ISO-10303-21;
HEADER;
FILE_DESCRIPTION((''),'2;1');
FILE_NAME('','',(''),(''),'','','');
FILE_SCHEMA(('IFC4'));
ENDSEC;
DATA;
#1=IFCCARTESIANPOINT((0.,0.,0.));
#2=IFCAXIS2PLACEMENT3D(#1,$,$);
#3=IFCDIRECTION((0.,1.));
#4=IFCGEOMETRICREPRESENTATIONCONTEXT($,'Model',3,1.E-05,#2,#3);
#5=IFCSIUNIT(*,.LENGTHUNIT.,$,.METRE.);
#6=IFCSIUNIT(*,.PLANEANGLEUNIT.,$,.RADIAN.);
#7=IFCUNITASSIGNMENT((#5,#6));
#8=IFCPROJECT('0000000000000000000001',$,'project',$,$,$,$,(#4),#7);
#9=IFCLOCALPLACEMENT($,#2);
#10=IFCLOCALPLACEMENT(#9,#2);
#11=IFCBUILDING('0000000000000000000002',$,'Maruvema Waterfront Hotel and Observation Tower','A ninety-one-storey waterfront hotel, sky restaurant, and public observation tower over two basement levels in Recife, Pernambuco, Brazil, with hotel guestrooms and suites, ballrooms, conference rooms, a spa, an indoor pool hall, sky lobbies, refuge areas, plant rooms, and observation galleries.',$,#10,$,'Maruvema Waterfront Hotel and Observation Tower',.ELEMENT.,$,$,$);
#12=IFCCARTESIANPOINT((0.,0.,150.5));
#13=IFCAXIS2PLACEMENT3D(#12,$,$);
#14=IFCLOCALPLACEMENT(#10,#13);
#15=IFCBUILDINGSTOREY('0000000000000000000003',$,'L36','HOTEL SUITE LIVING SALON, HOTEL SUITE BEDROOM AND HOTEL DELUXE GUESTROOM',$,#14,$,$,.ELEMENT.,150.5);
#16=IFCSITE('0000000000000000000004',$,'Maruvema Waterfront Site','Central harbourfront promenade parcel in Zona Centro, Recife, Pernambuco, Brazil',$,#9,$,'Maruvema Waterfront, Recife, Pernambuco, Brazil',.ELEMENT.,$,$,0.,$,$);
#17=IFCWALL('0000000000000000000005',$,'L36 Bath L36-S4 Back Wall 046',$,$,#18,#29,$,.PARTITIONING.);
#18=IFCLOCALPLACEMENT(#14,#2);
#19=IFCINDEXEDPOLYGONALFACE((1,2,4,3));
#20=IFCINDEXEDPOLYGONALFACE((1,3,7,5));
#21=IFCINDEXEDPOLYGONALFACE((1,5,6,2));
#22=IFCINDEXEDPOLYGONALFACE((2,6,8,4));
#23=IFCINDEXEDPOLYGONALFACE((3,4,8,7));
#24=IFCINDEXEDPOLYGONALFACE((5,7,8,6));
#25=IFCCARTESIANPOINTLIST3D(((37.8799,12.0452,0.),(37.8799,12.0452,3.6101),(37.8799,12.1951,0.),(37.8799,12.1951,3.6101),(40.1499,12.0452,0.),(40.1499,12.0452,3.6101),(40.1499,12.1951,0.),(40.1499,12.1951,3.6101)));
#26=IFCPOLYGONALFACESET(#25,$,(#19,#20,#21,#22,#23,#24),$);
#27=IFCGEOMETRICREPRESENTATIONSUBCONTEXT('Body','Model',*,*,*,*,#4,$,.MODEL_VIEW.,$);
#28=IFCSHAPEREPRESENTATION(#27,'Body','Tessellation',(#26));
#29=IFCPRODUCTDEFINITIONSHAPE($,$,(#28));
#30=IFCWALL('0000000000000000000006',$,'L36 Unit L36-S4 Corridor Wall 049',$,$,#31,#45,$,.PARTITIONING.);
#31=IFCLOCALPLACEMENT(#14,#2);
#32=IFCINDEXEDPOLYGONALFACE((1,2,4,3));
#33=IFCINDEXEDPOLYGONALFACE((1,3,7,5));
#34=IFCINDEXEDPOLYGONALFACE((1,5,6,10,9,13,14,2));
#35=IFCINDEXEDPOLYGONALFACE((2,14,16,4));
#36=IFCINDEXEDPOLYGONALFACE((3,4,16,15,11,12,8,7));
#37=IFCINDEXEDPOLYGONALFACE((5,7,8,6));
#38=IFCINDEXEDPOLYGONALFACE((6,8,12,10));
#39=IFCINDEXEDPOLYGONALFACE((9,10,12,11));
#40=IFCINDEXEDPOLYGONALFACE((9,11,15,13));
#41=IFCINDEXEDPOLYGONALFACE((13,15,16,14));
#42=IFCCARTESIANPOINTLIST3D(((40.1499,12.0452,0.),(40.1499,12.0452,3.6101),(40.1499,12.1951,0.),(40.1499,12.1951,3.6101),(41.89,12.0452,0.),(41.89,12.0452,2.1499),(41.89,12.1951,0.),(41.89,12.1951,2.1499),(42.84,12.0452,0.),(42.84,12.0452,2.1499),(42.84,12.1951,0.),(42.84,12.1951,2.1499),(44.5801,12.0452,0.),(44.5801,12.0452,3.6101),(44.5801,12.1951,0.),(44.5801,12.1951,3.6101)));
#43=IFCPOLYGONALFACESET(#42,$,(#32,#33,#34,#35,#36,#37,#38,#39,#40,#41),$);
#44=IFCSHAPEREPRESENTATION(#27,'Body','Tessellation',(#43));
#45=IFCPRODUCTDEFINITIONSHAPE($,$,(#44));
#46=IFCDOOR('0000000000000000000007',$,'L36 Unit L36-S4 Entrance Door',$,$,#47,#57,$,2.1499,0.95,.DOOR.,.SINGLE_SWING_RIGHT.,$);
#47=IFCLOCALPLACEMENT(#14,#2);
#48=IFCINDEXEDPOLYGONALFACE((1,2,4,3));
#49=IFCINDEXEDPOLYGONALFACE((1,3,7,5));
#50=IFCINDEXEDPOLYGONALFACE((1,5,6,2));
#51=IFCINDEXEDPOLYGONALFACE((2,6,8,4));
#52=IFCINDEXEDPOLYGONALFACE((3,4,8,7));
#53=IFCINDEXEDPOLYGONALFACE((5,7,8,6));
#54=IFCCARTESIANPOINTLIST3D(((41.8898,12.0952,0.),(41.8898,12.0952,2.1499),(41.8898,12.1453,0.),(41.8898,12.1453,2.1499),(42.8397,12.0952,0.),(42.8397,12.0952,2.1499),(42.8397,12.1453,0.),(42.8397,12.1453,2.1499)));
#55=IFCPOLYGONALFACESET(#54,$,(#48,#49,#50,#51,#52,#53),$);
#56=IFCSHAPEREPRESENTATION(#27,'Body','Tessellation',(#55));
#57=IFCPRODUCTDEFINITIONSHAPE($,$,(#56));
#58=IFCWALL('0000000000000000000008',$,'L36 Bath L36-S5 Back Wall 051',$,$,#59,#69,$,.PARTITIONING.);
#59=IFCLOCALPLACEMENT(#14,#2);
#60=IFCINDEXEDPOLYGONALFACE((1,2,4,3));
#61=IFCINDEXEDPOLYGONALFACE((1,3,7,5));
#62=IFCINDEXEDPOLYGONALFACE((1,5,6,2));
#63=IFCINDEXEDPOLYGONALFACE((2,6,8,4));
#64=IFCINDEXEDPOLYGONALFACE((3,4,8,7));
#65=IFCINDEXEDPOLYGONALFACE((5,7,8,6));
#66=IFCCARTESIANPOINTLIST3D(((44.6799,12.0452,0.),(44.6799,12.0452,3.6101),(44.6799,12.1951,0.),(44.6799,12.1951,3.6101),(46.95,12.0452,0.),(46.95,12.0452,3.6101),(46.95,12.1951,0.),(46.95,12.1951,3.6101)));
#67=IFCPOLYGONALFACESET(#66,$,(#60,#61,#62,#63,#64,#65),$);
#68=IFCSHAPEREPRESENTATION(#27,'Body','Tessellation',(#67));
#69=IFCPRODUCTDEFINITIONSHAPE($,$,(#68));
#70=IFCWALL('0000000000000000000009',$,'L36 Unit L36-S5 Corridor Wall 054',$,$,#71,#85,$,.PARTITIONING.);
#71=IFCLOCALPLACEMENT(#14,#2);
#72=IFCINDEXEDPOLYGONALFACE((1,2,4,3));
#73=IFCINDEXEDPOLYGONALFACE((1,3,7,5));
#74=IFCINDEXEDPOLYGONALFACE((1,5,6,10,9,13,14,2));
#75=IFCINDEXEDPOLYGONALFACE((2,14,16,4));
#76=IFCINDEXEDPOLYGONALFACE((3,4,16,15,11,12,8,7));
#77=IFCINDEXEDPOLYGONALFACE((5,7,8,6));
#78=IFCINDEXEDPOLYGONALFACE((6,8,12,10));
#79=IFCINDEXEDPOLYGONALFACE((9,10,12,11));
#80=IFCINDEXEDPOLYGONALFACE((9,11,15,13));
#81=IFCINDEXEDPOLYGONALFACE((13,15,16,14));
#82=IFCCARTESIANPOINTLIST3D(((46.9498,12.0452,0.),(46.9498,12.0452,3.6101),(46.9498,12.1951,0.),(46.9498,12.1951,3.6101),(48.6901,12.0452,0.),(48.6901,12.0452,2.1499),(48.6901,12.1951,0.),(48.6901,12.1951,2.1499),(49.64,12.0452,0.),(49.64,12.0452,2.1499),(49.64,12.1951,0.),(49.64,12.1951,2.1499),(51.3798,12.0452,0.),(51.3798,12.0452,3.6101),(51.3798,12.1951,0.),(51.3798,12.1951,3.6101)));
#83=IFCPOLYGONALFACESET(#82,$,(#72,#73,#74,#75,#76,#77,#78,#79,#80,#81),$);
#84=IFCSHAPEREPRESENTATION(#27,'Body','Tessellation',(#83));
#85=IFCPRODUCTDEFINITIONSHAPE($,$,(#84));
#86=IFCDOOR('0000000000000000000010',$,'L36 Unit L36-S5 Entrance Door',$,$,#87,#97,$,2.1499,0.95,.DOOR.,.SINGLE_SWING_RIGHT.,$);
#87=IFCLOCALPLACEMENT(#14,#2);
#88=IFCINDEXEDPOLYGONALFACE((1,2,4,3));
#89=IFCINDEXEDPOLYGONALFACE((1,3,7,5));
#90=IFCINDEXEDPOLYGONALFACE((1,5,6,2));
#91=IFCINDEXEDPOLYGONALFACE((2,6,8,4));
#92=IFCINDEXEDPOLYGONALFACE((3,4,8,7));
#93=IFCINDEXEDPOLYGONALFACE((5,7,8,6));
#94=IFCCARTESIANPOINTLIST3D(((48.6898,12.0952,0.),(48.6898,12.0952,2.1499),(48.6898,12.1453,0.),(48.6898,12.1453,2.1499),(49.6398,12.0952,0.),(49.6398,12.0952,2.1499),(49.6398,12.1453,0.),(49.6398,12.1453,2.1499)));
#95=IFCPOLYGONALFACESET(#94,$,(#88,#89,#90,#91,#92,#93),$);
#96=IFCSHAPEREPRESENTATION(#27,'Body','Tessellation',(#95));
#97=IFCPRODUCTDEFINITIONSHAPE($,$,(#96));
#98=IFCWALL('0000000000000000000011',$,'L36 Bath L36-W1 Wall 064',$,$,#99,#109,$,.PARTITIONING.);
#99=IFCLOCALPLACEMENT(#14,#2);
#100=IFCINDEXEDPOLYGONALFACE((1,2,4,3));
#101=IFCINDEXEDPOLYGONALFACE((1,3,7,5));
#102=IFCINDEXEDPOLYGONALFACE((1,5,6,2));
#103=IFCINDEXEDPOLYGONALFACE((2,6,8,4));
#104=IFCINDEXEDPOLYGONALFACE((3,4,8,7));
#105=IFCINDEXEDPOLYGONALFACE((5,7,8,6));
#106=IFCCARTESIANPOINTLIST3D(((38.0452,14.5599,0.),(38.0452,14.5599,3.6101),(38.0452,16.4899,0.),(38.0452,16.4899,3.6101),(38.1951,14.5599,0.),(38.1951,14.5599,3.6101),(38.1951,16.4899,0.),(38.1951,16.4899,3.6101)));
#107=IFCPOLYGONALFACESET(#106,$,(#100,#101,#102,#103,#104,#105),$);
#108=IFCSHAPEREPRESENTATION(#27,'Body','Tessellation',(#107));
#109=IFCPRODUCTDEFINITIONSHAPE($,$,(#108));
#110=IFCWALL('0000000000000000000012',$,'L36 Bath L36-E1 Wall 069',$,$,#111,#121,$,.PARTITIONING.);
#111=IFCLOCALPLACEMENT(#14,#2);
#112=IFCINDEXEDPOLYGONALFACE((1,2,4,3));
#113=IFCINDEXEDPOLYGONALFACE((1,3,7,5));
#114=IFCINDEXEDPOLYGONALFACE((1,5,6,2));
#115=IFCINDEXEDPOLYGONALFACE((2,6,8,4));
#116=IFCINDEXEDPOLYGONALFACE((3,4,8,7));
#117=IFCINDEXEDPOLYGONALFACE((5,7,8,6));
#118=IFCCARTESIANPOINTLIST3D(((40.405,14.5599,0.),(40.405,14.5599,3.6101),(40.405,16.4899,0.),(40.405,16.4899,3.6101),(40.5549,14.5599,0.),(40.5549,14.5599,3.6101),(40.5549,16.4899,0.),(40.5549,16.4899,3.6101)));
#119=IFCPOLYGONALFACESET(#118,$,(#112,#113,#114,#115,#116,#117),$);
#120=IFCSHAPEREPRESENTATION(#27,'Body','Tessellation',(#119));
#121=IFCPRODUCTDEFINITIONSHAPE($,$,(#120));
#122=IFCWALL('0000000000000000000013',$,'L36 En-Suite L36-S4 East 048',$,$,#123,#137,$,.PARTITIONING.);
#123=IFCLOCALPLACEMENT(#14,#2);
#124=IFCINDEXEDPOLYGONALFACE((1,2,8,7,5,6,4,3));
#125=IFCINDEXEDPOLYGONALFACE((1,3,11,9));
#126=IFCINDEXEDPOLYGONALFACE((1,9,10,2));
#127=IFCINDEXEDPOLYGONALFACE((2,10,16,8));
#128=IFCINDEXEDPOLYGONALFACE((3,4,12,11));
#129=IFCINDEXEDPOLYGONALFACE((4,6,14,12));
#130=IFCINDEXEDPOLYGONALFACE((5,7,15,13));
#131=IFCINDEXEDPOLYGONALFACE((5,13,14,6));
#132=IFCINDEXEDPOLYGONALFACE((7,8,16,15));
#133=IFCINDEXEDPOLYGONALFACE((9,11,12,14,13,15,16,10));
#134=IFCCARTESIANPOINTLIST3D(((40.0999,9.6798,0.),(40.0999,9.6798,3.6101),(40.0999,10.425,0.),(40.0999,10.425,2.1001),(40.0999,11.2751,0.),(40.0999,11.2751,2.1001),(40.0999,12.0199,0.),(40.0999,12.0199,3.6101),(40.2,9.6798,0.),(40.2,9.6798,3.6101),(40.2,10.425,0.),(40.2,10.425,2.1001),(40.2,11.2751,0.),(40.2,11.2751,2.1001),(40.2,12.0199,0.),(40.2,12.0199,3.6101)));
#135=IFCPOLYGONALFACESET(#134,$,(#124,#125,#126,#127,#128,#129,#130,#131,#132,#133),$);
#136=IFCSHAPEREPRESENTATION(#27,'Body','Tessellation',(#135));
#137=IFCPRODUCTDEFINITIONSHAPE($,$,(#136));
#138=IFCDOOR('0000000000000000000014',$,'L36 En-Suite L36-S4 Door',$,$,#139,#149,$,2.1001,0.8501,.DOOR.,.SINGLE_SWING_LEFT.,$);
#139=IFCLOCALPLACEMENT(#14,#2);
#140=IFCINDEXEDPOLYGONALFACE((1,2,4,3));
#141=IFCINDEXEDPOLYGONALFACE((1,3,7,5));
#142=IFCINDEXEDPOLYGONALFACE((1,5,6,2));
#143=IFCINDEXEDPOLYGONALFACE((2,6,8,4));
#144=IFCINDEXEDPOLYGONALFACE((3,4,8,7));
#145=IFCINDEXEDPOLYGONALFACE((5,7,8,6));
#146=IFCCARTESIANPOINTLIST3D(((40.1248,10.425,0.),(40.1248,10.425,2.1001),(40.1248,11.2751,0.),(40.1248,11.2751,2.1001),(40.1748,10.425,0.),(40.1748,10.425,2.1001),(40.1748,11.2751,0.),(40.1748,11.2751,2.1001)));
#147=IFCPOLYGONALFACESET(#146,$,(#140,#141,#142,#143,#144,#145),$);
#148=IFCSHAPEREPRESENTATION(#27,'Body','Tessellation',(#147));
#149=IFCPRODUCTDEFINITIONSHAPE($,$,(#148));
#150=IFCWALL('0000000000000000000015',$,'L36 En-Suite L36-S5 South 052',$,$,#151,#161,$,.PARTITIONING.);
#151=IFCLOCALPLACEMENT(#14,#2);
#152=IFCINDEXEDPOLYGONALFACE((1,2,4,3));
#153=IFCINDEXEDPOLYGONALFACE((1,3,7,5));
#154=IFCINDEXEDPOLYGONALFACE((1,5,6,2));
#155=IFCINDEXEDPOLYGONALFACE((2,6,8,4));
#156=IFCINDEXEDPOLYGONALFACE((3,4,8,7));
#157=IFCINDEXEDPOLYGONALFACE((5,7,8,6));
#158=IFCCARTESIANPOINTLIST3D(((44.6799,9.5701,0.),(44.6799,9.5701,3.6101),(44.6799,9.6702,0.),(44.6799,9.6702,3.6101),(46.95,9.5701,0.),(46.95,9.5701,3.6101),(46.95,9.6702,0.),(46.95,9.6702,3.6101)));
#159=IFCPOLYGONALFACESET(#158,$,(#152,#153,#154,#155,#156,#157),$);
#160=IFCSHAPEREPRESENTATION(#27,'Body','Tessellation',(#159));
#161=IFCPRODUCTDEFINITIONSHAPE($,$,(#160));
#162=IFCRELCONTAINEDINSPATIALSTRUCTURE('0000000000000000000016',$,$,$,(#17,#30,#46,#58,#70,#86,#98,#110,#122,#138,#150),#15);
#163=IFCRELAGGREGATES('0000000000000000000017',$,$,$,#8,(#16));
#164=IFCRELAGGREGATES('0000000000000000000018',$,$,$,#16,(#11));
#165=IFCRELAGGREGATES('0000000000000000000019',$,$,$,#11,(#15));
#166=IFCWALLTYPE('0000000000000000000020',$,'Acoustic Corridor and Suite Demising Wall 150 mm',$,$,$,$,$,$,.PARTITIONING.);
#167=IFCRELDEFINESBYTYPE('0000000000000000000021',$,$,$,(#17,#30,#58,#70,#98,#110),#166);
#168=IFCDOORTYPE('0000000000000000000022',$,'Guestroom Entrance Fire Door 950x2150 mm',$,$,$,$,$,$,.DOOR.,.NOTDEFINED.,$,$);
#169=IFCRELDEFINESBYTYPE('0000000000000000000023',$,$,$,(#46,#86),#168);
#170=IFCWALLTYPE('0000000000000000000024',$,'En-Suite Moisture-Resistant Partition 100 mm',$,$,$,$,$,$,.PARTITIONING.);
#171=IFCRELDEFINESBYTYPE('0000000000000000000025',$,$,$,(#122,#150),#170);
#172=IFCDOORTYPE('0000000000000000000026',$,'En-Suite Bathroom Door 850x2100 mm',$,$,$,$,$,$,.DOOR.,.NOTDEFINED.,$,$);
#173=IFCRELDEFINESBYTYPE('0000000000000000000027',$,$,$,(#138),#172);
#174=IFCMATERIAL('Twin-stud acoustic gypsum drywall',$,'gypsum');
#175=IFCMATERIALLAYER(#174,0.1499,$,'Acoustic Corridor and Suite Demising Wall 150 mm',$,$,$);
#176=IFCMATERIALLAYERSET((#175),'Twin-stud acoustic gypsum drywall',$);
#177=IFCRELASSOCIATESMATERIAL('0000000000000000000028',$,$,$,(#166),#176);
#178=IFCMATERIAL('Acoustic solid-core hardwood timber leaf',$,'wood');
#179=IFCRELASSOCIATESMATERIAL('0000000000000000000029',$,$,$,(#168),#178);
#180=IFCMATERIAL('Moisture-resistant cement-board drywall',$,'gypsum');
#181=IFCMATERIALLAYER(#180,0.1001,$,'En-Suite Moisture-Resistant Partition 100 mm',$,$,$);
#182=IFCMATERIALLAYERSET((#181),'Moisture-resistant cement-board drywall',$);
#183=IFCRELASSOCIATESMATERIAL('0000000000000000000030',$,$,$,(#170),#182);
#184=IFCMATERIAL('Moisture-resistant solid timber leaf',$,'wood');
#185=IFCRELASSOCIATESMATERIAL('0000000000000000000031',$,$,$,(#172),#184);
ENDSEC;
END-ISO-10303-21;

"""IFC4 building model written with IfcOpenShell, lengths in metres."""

from ifc_helpers import new_model, si_unit, direction, frame, frame_2d, origin, place, context, subcontext, project, spatial, rectangle, extrude, material, layer, layer_set, type_object, element, fill, save


model = new_model("IFC4")

# Units and contexts
model_context = context("Model", 3, precision=1e-05, world=origin(), true_north=direction((0.0, 1.0)))
body_context = subcontext(model_context, "Body", "Model", "MODEL_VIEW")
ifc_project = project(units=[si_unit("LENGTHUNIT", "METRE"), si_unit("PLANEANGLEUNIT", "RADIAN")], contexts=[model_context])

# Site, building, storey
site_placement = place(None, origin())
site = spatial("IfcSite", under=ifc_project, at=site_placement, Name="Maruvema Waterfront Site", Description="Central harbourfront promenade parcel in Zona Centro, Recife, Pernambuco, Brazil", LongName="Maruvema Waterfront, Recife, Pernambuco, Brazil", CompositionType="ELEMENT", RefElevation=0.0)
building_placement = place(site_placement, origin())
building = spatial("IfcBuilding", under=site, at=building_placement, Name="Maruvema Waterfront Hotel and Observation Tower", Description="A ninety-one-storey waterfront hotel, sky restaurant, and public observation tower over two basement levels in Recife, Pernambuco, Brazil, with hotel guestrooms and suites, ballrooms, conference rooms, a spa, an indoor pool hall, sky lobbies, refuge areas, plant rooms, and observation galleries.", LongName="Maruvema Waterfront Hotel and Observation Tower", CompositionType="ELEMENT")
storey_placement = place(building_placement, frame((0.0, 0.0, 150.5)))
storey = spatial("IfcBuildingStorey", under=building, at=storey_placement, Name="L36", Description="HOTEL SUITE LIVING SALON, HOTEL SUITE BEDROOM AND HOTEL DELUXE GUESTROOM", CompositionType="ELEMENT", Elevation=150.5)

# Wall
ifc_material_1 = material(Name="Twin-stud acoustic gypsum drywall", Category="gypsum")
ifc_layer_1 = layer(ifc_material_1, 0.1499, Name="Acoustic Corridor and Suite Demising Wall 150 mm")
ifc_layer_set_1 = layer_set([ifc_layer_1], Name="Twin-stud acoustic gypsum drywall")
wall_type_1 = type_object("IfcWallType", Name="Acoustic Corridor and Suite Demising Wall 150 mm", PredefinedType="PARTITIONING", material=ifc_layer_set_1)
wall_1_placement = place(storey_placement, frame((37.8799, 12.1201, 0.0), z_axis=(0.0, 0.0, 1.0), x_axis=(1.0, 0.0, 0.0)))
element("IfcWall", 1, at=wall_1_placement, inside=storey, type_object=wall_type_1, Name="L36 Bath L36-S4 Back Wall 046", PredefinedType="PARTITIONING", context=body_context, shape_type="SweptSolid", body=[
    extrude(rectangle(XDim=2.27, YDim=0.1499, at=frame_2d((1.135, 0.0))), origin(), (0.0, 0.0, 1.0), 3.6101),
])

# Wall, opening, door
wall_2_placement = place(storey_placement, frame((40.1499, 12.1201, 0.0), z_axis=(0.0, 0.0, 1.0), x_axis=(1.0, 0.0, 0.0)))
wall_2 = element("IfcWall", 2, at=wall_2_placement, inside=storey, type_object=wall_type_1, Name="L36 Unit L36-S4 Corridor Wall 049", PredefinedType="PARTITIONING", context=body_context, shape_type="SweptSolid", body=[
    extrude(rectangle(XDim=4.4302, YDim=0.1499, at=frame_2d((2.2151, 0.0))), origin(), (0.0, 0.0, 1.0), 3.6101),
])
opening_1_placement = place(wall_2_placement, frame((1.74, 0.0, 0.0)))
opening_1 = element("IfcOpeningElement", 3, at=opening_1_placement, cuts=wall_2, PredefinedType="OPENING", context=body_context, shape_type="SweptSolid", body=[
    extrude(rectangle(XDim=0.95, YDim=2.1499, at=frame_2d((0.4751, 1.075))), frame((0.0, 0.085, 0.0), z_axis=(0.0, -1.0, 0.0), x_axis=(1.0, 0.0, 0.0)), (0.0, 0.0, 1.0), 0.1699),
])
ifc_material_2 = material(Name="Acoustic solid-core hardwood timber leaf", Category="wood")
door_type_1 = type_object("IfcDoorType", Name="Guestroom Entrance Fire Door 950x2150 mm", OperationType="NOTDEFINED", PredefinedType="DOOR", material=ifc_material_2)
door_1_placement = place(opening_1_placement, frame((0.95, 0.0, 0.0), z_axis=(0.0, 0.0, 1.0), x_axis=(-1.0, 0.0, 0.0)))
door_1 = element("IfcDoor", 4, at=door_1_placement, inside=storey, type_object=door_type_1, Name="L36 Unit L36-S4 Entrance Door", OperationType="SINGLE_SWING_RIGHT", OverallHeight=2.1499, OverallWidth=0.95, PredefinedType="DOOR", context=body_context, shape_type="SweptSolid", body=[
    extrude(rectangle(XDim=0.95, YDim=2.1499, at=frame_2d((0.4751, 1.075))), frame((0.0, 0.0249, 0.0), z_axis=(0.0, -1.0, 0.0), x_axis=(1.0, 0.0, 0.0)), (0.0, 0.0, 1.0), 0.05),
])
fill(opening_1, door_1)

# Wall
wall_3_placement = place(storey_placement, frame((44.6799, 12.1201, 0.0), z_axis=(0.0, 0.0, 1.0), x_axis=(1.0, 0.0, 0.0)))
element("IfcWall", 5, at=wall_3_placement, inside=storey, type_object=wall_type_1, Name="L36 Bath L36-S5 Back Wall 051", PredefinedType="PARTITIONING", context=body_context, shape_type="SweptSolid", body=[
    extrude(rectangle(XDim=2.27, YDim=0.1499, at=frame_2d((1.135, 0.0))), origin(), (0.0, 0.0, 1.0), 3.6101),
])

# Wall, opening, door
wall_4_placement = place(storey_placement, frame((46.95, 12.1201, 0.0), z_axis=(0.0, 0.0, 1.0), x_axis=(1.0, 0.0, 0.0)))
wall_4 = element("IfcWall", 6, at=wall_4_placement, inside=storey, type_object=wall_type_1, Name="L36 Unit L36-S5 Corridor Wall 054", PredefinedType="PARTITIONING", context=body_context, shape_type="SweptSolid", body=[
    extrude(rectangle(XDim=4.4299, YDim=0.1499, at=frame_2d((2.2148, 0.0))), origin(), (0.0, 0.0, 1.0), 3.6101),
])
opening_2_placement = place(wall_4_placement, frame((1.74, 0.0, 0.0)))
opening_2 = element("IfcOpeningElement", 7, at=opening_2_placement, cuts=wall_4, PredefinedType="OPENING", context=body_context, shape_type="SweptSolid", body=[
    extrude(rectangle(XDim=0.95, YDim=2.1499, at=frame_2d((0.4751, 1.075))), frame((0.0, 0.085, 0.0), z_axis=(0.0, -1.0, 0.0), x_axis=(1.0, 0.0, 0.0)), (0.0, 0.0, 1.0), 0.1699),
])
door_2_placement = place(opening_2_placement, frame((0.95, 0.0, 0.0), z_axis=(0.0, 0.0, 1.0), x_axis=(-1.0, 0.0, 0.0)))
door_2 = element("IfcDoor", 8, at=door_2_placement, inside=storey, type_object=door_type_1, Name="L36 Unit L36-S5 Entrance Door", OperationType="SINGLE_SWING_RIGHT", OverallHeight=2.1499, OverallWidth=0.95, PredefinedType="DOOR", context=body_context, shape_type="SweptSolid", body=[
    extrude(rectangle(XDim=0.95, YDim=2.1499, at=frame_2d((0.4751, 1.075))), frame((0.0, 0.0249, 0.0), z_axis=(0.0, -1.0, 0.0), x_axis=(1.0, 0.0, 0.0)), (0.0, 0.0, 1.0), 0.05),
])
fill(opening_2, door_2)

# Wall
wall_5_placement = place(storey_placement, frame((38.1201, 14.5601, 0.0), z_axis=(0.0, 0.0, 1.0), x_axis=(0.0, 1.0, 0.0)))
element("IfcWall", 9, at=wall_5_placement, inside=storey, type_object=wall_type_1, Name="L36 Bath L36-W1 Wall 064", PredefinedType="PARTITIONING", context=body_context, shape_type="SweptSolid", body=[
    extrude(rectangle(XDim=1.9299, YDim=0.1499, at=frame_2d((0.9648, 0.0))), origin(), (0.0, 0.0, 1.0), 3.6101),
])

# Wall
wall_6_placement = place(storey_placement, frame((40.48, 14.5601, 0.0), z_axis=(0.0, 0.0, 1.0), x_axis=(0.0, 1.0, 0.0)))
element("IfcWall", 10, at=wall_6_placement, inside=storey, type_object=wall_type_1, Name="L36 Bath L36-E1 Wall 069", PredefinedType="PARTITIONING", context=body_context, shape_type="SweptSolid", body=[
    extrude(rectangle(XDim=1.9299, YDim=0.1499, at=frame_2d((0.9648, 0.0))), origin(), (0.0, 0.0, 1.0), 3.6101),
])

# Wall, opening, door
ifc_material_3 = material(Name="Moisture-resistant cement-board drywall", Category="gypsum")
ifc_layer_2 = layer(ifc_material_3, 0.1001, Name="En-Suite Moisture-Resistant Partition 100 mm")
ifc_layer_set_2 = layer_set([ifc_layer_2], Name="Moisture-resistant cement-board drywall")
wall_type_2 = type_object("IfcWallType", Name="En-Suite Moisture-Resistant Partition 100 mm", PredefinedType="PARTITIONING", material=ifc_layer_set_2)
wall_7_placement = place(storey_placement, frame((40.1499, 9.6799, 0.0), z_axis=(0.0, 0.0, 1.0), x_axis=(0.0, 1.0, 0.0)))
wall_7 = element("IfcWall", 11, at=wall_7_placement, inside=storey, type_object=wall_type_2, Name="L36 En-Suite L36-S4 East 048", PredefinedType="PARTITIONING", context=body_context, shape_type="SweptSolid", body=[
    extrude(rectangle(XDim=2.3401, YDim=0.1001, at=frame_2d((1.1699, 0.0))), origin(), (0.0, 0.0, 1.0), 3.6101),
])
opening_3_placement = place(wall_7_placement, frame((0.7451, 0.0, 0.0)))
opening_3 = element("IfcOpeningElement", 12, at=opening_3_placement, cuts=wall_7, PredefinedType="OPENING", context=body_context, shape_type="SweptSolid", body=[
    extrude(rectangle(XDim=0.8501, YDim=2.1001, at=frame_2d((0.425, 1.05))), frame((0.0, 0.0601, 0.0), z_axis=(0.0, -1.0, 0.0), x_axis=(1.0, 0.0, 0.0)), (0.0, 0.0, 1.0), 0.1201),
])
ifc_material_4 = material(Name="Moisture-resistant solid timber leaf", Category="wood")
door_type_2 = type_object("IfcDoorType", Name="En-Suite Bathroom Door 850x2100 mm", OperationType="NOTDEFINED", PredefinedType="DOOR", material=ifc_material_4)
door_3_placement = place(opening_3_placement, frame((0.8501, 0.0, 0.0), z_axis=(0.0, 0.0, 1.0), x_axis=(-1.0, 0.0, 0.0)))
door_3 = element("IfcDoor", 13, at=door_3_placement, inside=storey, type_object=door_type_2, Name="L36 En-Suite L36-S4 Door", OperationType="SINGLE_SWING_LEFT", OverallHeight=2.1001, OverallWidth=0.8501, PredefinedType="DOOR", context=body_context, shape_type="SweptSolid", body=[
    extrude(rectangle(XDim=0.8501, YDim=2.1001, at=frame_2d((0.425, 1.05))), frame((0.0, 0.0249, 0.0), z_axis=(0.0, -1.0, 0.0), x_axis=(1.0, 0.0, 0.0)), (0.0, 0.0, 1.0), 0.05),
])
fill(opening_3, door_3)

# Wall
wall_8_placement = place(storey_placement, frame((44.6799, 9.6201, 0.0), z_axis=(0.0, 0.0, 1.0), x_axis=(1.0, 0.0, 0.0)))
element("IfcWall", 14, at=wall_8_placement, inside=storey, type_object=wall_type_2, Name="L36 En-Suite L36-S5 South 052", PredefinedType="PARTITIONING", context=body_context, shape_type="SweptSolid", body=[
    extrude(rectangle(XDim=2.27, YDim=0.1001, at=frame_2d((1.135, 0.0))), origin(), (0.0, 0.0, 1.0), 3.6101),
])

save(model, "model.ifc")
